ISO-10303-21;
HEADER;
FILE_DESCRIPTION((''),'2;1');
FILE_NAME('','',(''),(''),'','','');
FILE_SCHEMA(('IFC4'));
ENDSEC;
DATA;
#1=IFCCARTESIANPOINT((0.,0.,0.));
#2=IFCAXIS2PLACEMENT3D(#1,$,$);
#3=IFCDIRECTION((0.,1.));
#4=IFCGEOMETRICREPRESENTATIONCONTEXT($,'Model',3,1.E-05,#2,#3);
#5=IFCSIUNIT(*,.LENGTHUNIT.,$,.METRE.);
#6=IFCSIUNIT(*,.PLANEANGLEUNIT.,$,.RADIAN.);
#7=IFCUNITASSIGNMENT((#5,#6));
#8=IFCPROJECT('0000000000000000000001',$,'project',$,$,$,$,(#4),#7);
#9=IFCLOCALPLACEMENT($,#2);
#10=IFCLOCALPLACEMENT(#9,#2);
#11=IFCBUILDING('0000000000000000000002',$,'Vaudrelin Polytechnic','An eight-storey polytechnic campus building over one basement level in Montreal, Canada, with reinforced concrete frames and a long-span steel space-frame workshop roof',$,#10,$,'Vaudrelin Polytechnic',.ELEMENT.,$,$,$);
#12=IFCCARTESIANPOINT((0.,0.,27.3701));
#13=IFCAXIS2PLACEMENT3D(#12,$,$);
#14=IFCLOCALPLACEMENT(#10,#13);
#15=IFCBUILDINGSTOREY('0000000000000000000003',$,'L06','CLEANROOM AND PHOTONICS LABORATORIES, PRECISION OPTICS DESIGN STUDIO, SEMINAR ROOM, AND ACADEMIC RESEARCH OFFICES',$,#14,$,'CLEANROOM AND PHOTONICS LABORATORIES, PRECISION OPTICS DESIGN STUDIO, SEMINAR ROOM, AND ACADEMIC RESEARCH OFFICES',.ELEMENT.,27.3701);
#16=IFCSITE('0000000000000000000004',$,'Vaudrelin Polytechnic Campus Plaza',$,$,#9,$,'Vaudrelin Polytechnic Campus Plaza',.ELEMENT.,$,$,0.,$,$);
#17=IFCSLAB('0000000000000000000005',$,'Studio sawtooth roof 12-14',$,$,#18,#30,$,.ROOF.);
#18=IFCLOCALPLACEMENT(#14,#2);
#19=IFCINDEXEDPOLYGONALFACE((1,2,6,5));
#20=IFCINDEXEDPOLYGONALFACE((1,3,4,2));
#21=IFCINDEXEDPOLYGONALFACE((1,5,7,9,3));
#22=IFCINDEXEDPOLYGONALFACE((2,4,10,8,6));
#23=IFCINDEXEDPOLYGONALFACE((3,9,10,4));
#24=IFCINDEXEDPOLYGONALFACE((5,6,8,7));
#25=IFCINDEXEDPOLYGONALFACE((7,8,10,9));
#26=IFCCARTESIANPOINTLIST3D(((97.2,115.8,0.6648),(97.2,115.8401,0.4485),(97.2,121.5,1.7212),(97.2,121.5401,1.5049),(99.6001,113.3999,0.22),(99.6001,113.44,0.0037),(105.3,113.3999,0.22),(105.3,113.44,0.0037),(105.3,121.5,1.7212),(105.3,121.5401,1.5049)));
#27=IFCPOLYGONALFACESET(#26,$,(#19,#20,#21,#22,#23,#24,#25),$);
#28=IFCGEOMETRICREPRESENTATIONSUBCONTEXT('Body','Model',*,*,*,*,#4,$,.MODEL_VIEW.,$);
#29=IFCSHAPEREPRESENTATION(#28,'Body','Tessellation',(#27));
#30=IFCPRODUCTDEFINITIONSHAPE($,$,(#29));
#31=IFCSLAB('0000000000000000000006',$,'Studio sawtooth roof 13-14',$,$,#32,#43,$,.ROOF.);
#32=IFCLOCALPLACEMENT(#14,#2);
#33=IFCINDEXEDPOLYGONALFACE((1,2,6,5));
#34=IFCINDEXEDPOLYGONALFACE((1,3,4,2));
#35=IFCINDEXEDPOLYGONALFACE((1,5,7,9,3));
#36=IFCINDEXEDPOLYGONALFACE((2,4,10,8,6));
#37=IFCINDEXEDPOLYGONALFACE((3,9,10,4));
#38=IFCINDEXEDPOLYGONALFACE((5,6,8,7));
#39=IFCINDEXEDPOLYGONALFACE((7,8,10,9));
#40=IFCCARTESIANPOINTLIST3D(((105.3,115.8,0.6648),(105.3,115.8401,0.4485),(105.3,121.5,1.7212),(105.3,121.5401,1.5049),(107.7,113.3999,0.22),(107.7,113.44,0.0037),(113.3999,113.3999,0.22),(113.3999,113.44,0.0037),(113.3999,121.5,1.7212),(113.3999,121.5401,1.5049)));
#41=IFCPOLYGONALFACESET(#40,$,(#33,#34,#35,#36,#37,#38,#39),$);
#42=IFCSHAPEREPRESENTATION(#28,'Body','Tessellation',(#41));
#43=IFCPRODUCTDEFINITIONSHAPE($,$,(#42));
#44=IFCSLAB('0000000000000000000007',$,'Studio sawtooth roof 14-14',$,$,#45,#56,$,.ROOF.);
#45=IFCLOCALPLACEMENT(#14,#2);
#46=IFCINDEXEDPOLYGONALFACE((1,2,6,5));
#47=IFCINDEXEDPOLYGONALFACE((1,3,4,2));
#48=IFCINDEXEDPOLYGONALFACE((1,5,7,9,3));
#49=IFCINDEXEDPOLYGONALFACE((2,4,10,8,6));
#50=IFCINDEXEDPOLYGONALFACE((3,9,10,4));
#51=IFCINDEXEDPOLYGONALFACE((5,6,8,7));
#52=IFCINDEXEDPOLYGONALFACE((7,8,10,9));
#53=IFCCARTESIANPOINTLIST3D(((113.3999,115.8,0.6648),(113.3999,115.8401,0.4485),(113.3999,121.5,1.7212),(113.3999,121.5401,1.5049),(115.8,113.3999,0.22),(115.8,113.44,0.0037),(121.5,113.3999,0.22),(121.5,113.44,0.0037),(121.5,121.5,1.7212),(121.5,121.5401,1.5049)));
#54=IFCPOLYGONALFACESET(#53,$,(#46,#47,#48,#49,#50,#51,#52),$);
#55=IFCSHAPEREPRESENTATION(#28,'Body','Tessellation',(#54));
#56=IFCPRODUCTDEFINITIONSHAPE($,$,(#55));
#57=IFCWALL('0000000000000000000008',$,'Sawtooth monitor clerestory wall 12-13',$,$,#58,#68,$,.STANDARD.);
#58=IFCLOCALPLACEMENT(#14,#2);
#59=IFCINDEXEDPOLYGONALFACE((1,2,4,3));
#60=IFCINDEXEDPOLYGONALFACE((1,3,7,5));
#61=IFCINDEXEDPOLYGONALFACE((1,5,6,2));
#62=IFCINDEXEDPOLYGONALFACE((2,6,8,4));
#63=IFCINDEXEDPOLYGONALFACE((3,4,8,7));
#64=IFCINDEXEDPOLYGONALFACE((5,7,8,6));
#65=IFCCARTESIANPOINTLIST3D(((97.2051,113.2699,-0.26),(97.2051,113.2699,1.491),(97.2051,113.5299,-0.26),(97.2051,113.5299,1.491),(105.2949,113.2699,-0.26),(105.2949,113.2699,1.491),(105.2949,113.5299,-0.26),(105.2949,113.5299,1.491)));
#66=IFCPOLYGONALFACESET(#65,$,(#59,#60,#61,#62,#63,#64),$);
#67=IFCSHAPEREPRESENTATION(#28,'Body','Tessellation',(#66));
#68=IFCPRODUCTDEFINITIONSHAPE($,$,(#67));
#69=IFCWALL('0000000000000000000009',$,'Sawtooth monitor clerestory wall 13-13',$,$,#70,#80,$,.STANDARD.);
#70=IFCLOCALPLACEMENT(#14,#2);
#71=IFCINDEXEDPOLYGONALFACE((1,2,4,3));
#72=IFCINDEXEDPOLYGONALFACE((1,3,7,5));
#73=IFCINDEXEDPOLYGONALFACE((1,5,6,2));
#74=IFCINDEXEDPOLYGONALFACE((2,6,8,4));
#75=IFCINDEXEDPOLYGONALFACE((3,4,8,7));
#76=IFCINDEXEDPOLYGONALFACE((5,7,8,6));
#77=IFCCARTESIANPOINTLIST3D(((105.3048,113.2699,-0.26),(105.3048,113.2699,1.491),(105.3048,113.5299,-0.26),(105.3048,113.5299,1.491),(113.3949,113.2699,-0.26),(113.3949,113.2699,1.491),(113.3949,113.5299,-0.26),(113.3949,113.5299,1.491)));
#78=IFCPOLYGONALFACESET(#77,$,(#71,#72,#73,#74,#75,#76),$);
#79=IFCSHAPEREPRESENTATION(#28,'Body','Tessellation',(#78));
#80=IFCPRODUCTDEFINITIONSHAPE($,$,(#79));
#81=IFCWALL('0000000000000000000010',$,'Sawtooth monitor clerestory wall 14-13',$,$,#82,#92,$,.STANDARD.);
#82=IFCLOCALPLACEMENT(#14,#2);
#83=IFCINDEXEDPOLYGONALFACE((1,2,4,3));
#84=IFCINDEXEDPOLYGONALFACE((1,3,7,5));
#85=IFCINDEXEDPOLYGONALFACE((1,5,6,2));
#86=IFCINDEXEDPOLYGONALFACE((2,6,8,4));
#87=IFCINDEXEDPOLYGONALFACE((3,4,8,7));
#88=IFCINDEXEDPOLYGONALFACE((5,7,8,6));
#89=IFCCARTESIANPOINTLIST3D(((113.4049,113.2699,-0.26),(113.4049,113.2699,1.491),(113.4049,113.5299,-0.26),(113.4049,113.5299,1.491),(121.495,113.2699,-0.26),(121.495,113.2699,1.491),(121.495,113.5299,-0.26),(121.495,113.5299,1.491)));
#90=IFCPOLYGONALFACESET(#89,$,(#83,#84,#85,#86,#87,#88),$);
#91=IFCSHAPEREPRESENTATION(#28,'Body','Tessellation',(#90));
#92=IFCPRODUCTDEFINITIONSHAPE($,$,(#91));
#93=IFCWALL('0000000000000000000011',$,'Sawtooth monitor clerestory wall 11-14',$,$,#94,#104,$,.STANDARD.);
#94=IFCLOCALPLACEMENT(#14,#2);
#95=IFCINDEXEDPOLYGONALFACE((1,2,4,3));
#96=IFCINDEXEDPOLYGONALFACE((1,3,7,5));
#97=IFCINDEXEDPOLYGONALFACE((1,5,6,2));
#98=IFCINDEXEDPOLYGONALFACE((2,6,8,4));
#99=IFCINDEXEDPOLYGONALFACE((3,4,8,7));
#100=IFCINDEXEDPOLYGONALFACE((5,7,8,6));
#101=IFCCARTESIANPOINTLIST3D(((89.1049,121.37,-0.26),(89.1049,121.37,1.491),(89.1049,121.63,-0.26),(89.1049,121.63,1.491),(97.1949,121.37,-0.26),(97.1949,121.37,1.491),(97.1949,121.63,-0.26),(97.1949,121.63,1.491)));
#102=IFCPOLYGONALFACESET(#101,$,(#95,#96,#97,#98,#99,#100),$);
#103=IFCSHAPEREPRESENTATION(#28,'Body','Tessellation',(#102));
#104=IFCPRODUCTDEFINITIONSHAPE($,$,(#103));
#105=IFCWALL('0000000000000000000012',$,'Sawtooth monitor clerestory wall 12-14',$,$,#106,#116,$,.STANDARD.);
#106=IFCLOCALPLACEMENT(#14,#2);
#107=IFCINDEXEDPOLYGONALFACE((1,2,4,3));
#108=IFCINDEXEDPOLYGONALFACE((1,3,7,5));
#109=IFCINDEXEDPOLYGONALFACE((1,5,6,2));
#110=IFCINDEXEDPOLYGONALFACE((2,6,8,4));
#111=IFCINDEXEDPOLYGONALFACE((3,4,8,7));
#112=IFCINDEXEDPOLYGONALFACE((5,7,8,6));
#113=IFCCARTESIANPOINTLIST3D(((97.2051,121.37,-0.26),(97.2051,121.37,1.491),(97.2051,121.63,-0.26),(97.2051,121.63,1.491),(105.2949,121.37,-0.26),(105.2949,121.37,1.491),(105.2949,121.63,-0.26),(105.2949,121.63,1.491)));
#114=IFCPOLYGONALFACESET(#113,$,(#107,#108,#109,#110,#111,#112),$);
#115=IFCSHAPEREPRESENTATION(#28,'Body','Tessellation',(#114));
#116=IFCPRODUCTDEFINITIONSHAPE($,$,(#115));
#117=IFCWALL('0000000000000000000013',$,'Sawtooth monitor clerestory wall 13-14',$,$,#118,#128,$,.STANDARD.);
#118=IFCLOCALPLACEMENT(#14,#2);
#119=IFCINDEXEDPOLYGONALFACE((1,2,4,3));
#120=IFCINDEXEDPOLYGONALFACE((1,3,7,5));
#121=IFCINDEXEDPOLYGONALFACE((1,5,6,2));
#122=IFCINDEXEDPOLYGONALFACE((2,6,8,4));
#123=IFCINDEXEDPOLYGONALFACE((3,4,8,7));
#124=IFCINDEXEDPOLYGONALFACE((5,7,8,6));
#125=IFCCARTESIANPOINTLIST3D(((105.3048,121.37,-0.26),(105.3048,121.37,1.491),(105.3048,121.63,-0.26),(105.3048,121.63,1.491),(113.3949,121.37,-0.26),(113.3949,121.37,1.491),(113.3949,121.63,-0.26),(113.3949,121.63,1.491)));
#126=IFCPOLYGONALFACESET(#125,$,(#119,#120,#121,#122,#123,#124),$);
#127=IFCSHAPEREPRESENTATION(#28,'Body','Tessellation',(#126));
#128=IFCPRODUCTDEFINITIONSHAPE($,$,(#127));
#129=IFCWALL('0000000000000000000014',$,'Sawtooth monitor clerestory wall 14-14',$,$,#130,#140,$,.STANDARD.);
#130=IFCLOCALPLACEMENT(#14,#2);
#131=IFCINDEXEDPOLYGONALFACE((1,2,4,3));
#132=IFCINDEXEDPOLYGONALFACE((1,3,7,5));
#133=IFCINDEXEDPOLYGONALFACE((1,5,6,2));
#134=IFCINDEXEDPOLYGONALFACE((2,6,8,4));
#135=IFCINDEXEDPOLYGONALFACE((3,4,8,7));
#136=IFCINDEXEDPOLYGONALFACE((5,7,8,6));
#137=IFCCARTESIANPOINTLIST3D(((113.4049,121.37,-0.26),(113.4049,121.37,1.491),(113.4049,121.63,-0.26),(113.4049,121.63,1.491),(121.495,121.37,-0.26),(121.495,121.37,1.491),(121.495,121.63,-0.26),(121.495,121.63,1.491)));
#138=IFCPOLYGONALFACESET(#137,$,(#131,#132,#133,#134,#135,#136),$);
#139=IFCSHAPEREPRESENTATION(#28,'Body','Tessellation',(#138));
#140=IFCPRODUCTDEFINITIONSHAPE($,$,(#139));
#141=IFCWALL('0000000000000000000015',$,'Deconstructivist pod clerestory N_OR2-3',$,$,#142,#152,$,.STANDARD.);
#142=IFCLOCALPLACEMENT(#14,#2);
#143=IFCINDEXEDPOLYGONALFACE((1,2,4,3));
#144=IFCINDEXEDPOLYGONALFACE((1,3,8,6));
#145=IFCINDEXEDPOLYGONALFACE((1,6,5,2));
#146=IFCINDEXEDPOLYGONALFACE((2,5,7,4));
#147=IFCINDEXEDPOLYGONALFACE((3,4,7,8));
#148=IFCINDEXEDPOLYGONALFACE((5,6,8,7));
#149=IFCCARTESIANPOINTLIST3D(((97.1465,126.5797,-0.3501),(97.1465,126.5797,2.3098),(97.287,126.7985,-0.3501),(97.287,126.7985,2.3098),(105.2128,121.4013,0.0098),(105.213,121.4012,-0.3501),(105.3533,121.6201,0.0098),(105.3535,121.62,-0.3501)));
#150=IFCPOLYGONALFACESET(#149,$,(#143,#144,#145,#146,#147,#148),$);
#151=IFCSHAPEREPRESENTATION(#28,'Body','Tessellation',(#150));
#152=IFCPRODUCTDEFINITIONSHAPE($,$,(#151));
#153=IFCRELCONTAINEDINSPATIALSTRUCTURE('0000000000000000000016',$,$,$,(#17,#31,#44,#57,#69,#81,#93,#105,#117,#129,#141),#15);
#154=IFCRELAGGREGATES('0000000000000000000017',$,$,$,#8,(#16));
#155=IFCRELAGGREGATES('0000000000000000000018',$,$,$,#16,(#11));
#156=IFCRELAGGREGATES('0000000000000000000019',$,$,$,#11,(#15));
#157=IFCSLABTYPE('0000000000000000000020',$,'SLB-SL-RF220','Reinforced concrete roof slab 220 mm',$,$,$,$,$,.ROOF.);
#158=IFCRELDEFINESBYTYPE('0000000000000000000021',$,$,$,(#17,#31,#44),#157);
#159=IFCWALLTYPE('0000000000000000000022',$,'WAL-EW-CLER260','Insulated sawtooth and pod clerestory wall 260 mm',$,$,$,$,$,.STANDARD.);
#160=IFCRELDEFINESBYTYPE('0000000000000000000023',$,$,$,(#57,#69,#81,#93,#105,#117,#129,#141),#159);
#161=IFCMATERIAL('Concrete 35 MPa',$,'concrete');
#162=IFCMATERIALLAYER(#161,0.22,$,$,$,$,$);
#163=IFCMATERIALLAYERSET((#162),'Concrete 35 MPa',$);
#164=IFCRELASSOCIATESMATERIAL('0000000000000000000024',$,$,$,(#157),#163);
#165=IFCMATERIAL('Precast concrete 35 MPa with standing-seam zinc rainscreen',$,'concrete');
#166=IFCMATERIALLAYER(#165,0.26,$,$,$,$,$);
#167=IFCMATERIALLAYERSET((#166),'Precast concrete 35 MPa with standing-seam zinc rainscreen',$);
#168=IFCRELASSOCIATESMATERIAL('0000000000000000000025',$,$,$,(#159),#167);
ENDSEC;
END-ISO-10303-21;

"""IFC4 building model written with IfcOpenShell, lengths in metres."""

from ifc_helpers import new_model, si_unit, direction, frame, frame_2d, origin, place, context, subcontext, project, spatial, polyline, rectangle, outline, extrude, material, layer, layer_set, type_object, element, save


model = new_model("IFC4")

# Units and contexts
model_context = context("Model", 3, precision=1e-05, world=origin(), true_north=direction((0.0, 1.0)))
body_context = subcontext(model_context, "Body", "Model", "MODEL_VIEW")
ifc_project = project(units=[si_unit("LENGTHUNIT", "METRE"), si_unit("PLANEANGLEUNIT", "RADIAN")], contexts=[model_context])

# Site, building, storey
site_placement = place(None, origin())
site = spatial("IfcSite", under=ifc_project, at=site_placement, Name="Vaudrelin Polytechnic Campus Plaza", LongName="Vaudrelin Polytechnic Campus Plaza", CompositionType="ELEMENT", RefElevation=0.0)
building_placement = place(site_placement, origin())
building = spatial("IfcBuilding", under=site, at=building_placement, Name="Vaudrelin Polytechnic", Description="An eight-storey polytechnic campus building over one basement level in Montreal, Canada, with reinforced concrete frames and a long-span steel space-frame workshop roof", LongName="Vaudrelin Polytechnic", CompositionType="ELEMENT")
storey_placement = place(building_placement, frame((0.0, 0.0, 27.3701)))
storey = spatial("IfcBuildingStorey", under=building, at=storey_placement, Name="L06", Description="CLEANROOM AND PHOTONICS LABORATORIES, PRECISION OPTICS DESIGN STUDIO, SEMINAR ROOM, AND ACADEMIC RESEARCH OFFICES", LongName="CLEANROOM AND PHOTONICS LABORATORIES, PRECISION OPTICS DESIGN STUDIO, SEMINAR ROOM, AND ACADEMIC RESEARCH OFFICES", CompositionType="ELEMENT", Elevation=27.3701)

# Slabs
ifc_material_1 = material(Name="Concrete 35 MPa", Category="concrete")
ifc_layer_1 = layer(ifc_material_1, 0.22)
ifc_layer_set_1 = layer_set([ifc_layer_1], Name="Concrete 35 MPa")
slab_type = type_object("IfcSlabType", Name="SLB-SL-RF220", Description="Reinforced concrete roof slab 220 mm", PredefinedType="ROOF", material=ifc_layer_set_1)
slab_1_placement = place(storey_placement, frame((97.2, 115.8, 0.6648), z_axis=(0.0, -0.18223, 0.983256), x_axis=(0.701112, -0.701112, -0.129939)))
element("IfcSlab", 1, at=slab_1_placement, inside=storey, type_object=slab_type, Name="Studio sawtooth roof 12-14", PredefinedType="ROOF", context=body_context, shape_type="SweptSolid", body=[
    extrude(outline(polyline([(0.0, 0.0), (3.4233, 0.0), (7.4196, 4.0644), (1.5455, 9.8401), (-4.1336, 4.0644), (0.0, 0.0)])), origin(), (0.0, 0.0, -1.0), 0.22),
])
slab_2_placement = place(storey_placement, frame((105.3, 115.8, 0.6648), z_axis=(0.0, -0.18223, 0.983256), x_axis=(0.701076, -0.701147, -0.129946)))
element("IfcSlab", 2, at=slab_2_placement, inside=storey, type_object=slab_type, Name="Studio sawtooth roof 13-14", PredefinedType="ROOF", context=body_context, shape_type="SweptSolid", body=[
    extrude(outline(polyline([(0.0, 0.0), (3.4232, 0.0), (7.4193, 4.0646), (1.5448, 9.84), (-4.1338, 4.0641), (0.0, 0.0)])), origin(), (0.0, 0.0, -1.0), 0.22),
])
slab_3_placement = place(storey_placement, frame((113.3999, 115.8, 0.6648), z_axis=(0.0, -0.18223, 0.983256), x_axis=(0.701112, -0.701112, -0.129939)))
element("IfcSlab", 3, at=slab_3_placement, inside=storey, type_object=slab_type, Name="Studio sawtooth roof 14-14", PredefinedType="ROOF", context=body_context, shape_type="SweptSolid", body=[
    extrude(outline(polyline([(0.0, 0.0), (3.4233, 0.0), (7.4196, 4.0644), (1.5455, 9.8401), (-4.1336, 4.0644), (0.0, 0.0)])), origin(), (0.0, 0.0, -1.0), 0.22),
])

# Walls
ifc_material_2 = material(Name="Precast concrete 35 MPa with standing-seam zinc rainscreen", Category="concrete")
ifc_layer_2 = layer(ifc_material_2, 0.26)
ifc_layer_set_2 = layer_set([ifc_layer_2], Name="Precast concrete 35 MPa with standing-seam zinc rainscreen")
wall_type = type_object("IfcWallType", Name="WAL-EW-CLER260", Description="Insulated sawtooth and pod clerestory wall 260 mm", PredefinedType="STANDARD", material=ifc_layer_set_2)
wall_1_placement = place(storey_placement, frame((97.2051, 113.3999, -0.26), z_axis=(0.0, 0.0, 1.0), x_axis=(1.0, 0.0, 0.0)))
element("IfcWall", 4, at=wall_1_placement, inside=storey, type_object=wall_type, Name="Sawtooth monitor clerestory wall 12-13", PredefinedType="STANDARD", context=body_context, shape_type="SweptSolid", body=[
    extrude(rectangle(XDim=8.0898, YDim=0.26, at=frame_2d((4.0449, 0.0))), origin(), (0.0, 0.0, 1.0), 1.751),
])
for number, where, z_axis, x_axis, name in (
    (5, (105.3049, 113.3999, -0.26), (0.0, 0.0, 1.0), (1.0, 0.0, 0.0), "Sawtooth monitor clerestory wall 13-13"),
    (6, (113.405, 113.3999, -0.26), (0.0, 0.0, 1.0), (1.0, 0.0, 0.0), "Sawtooth monitor clerestory wall 14-13"),
    (7, (89.105, 121.5, -0.26), (0.0, 0.0, 1.0), (1.0, 0.0, 0.0), "Sawtooth monitor clerestory wall 11-14"),
):
    element("IfcWall", number, at=place(storey_placement, frame(where, z_axis=z_axis, x_axis=x_axis)), inside=storey, type_object=wall_type, Name=name, PredefinedType="STANDARD", context=body_context, shape_type="SweptSolid", body=[
        extrude(rectangle(XDim=8.0901, YDim=0.26, at=frame_2d((4.0449, 0.0))), origin(), (0.0, 0.0, 1.0), 1.751),
    ])
wall_2_placement = place(storey_placement, frame((97.2051, 121.5, -0.26), z_axis=(0.0, 0.0, 1.0), x_axis=(1.0, 0.0, 0.0)))
element("IfcWall", 8, at=wall_2_placement, inside=storey, type_object=wall_type, Name="Sawtooth monitor clerestory wall 12-14", PredefinedType="STANDARD", context=body_context, shape_type="SweptSolid", body=[
    extrude(rectangle(XDim=8.0898, YDim=0.26, at=frame_2d((4.0449, 0.0))), origin(), (0.0, 0.0, 1.0), 1.751),
])
for number, where, z_axis, x_axis, name in (
    (9, (105.3049, 121.5, -0.26), (0.0, 0.0, 1.0), (1.0, 0.0, 0.0), "Sawtooth monitor clerestory wall 13-14"),
    (10, (113.405, 121.5, -0.26), (0.0, 0.0, 1.0), (1.0, 0.0, 0.0), "Sawtooth monitor clerestory wall 14-14"),
):
    element("IfcWall", number, at=place(storey_placement, frame(where, z_axis=z_axis, x_axis=x_axis)), inside=storey, type_object=wall_type, Name=name, PredefinedType="STANDARD", context=body_context, shape_type="SweptSolid", body=[
        extrude(rectangle(XDim=8.0901, YDim=0.26, at=frame_2d((4.0449, 0.0))), origin(), (0.0, 0.0, 1.0), 1.751),
    ])
wall_3_placement = place(storey_placement, frame((97.2168, 126.6892, -0.3501), z_axis=(0.0, 0.0, 1.0), x_axis=(0.841514, -0.540235, 0.0)))
element("IfcWall", 11, at=wall_3_placement, inside=storey, type_object=wall_type, Name="Deconstructivist pod clerestory N_OR2-3", PredefinedType="STANDARD", context=body_context, shape_type="SweptSolid", body=[
    extrude(outline(polyline([(0.0, 0.0), (9.5857, 0.0), (9.5854, 0.3599), (0.0, 2.6599), (0.0, 0.0)])), frame((0.0, 0.1299, 0.0), z_axis=(0.0, -1.0, 0.0), x_axis=(1.0, 0.0, 0.0)), (0.0, 0.0, 1.0), 0.26),
])

save(model, "model.ifc")
